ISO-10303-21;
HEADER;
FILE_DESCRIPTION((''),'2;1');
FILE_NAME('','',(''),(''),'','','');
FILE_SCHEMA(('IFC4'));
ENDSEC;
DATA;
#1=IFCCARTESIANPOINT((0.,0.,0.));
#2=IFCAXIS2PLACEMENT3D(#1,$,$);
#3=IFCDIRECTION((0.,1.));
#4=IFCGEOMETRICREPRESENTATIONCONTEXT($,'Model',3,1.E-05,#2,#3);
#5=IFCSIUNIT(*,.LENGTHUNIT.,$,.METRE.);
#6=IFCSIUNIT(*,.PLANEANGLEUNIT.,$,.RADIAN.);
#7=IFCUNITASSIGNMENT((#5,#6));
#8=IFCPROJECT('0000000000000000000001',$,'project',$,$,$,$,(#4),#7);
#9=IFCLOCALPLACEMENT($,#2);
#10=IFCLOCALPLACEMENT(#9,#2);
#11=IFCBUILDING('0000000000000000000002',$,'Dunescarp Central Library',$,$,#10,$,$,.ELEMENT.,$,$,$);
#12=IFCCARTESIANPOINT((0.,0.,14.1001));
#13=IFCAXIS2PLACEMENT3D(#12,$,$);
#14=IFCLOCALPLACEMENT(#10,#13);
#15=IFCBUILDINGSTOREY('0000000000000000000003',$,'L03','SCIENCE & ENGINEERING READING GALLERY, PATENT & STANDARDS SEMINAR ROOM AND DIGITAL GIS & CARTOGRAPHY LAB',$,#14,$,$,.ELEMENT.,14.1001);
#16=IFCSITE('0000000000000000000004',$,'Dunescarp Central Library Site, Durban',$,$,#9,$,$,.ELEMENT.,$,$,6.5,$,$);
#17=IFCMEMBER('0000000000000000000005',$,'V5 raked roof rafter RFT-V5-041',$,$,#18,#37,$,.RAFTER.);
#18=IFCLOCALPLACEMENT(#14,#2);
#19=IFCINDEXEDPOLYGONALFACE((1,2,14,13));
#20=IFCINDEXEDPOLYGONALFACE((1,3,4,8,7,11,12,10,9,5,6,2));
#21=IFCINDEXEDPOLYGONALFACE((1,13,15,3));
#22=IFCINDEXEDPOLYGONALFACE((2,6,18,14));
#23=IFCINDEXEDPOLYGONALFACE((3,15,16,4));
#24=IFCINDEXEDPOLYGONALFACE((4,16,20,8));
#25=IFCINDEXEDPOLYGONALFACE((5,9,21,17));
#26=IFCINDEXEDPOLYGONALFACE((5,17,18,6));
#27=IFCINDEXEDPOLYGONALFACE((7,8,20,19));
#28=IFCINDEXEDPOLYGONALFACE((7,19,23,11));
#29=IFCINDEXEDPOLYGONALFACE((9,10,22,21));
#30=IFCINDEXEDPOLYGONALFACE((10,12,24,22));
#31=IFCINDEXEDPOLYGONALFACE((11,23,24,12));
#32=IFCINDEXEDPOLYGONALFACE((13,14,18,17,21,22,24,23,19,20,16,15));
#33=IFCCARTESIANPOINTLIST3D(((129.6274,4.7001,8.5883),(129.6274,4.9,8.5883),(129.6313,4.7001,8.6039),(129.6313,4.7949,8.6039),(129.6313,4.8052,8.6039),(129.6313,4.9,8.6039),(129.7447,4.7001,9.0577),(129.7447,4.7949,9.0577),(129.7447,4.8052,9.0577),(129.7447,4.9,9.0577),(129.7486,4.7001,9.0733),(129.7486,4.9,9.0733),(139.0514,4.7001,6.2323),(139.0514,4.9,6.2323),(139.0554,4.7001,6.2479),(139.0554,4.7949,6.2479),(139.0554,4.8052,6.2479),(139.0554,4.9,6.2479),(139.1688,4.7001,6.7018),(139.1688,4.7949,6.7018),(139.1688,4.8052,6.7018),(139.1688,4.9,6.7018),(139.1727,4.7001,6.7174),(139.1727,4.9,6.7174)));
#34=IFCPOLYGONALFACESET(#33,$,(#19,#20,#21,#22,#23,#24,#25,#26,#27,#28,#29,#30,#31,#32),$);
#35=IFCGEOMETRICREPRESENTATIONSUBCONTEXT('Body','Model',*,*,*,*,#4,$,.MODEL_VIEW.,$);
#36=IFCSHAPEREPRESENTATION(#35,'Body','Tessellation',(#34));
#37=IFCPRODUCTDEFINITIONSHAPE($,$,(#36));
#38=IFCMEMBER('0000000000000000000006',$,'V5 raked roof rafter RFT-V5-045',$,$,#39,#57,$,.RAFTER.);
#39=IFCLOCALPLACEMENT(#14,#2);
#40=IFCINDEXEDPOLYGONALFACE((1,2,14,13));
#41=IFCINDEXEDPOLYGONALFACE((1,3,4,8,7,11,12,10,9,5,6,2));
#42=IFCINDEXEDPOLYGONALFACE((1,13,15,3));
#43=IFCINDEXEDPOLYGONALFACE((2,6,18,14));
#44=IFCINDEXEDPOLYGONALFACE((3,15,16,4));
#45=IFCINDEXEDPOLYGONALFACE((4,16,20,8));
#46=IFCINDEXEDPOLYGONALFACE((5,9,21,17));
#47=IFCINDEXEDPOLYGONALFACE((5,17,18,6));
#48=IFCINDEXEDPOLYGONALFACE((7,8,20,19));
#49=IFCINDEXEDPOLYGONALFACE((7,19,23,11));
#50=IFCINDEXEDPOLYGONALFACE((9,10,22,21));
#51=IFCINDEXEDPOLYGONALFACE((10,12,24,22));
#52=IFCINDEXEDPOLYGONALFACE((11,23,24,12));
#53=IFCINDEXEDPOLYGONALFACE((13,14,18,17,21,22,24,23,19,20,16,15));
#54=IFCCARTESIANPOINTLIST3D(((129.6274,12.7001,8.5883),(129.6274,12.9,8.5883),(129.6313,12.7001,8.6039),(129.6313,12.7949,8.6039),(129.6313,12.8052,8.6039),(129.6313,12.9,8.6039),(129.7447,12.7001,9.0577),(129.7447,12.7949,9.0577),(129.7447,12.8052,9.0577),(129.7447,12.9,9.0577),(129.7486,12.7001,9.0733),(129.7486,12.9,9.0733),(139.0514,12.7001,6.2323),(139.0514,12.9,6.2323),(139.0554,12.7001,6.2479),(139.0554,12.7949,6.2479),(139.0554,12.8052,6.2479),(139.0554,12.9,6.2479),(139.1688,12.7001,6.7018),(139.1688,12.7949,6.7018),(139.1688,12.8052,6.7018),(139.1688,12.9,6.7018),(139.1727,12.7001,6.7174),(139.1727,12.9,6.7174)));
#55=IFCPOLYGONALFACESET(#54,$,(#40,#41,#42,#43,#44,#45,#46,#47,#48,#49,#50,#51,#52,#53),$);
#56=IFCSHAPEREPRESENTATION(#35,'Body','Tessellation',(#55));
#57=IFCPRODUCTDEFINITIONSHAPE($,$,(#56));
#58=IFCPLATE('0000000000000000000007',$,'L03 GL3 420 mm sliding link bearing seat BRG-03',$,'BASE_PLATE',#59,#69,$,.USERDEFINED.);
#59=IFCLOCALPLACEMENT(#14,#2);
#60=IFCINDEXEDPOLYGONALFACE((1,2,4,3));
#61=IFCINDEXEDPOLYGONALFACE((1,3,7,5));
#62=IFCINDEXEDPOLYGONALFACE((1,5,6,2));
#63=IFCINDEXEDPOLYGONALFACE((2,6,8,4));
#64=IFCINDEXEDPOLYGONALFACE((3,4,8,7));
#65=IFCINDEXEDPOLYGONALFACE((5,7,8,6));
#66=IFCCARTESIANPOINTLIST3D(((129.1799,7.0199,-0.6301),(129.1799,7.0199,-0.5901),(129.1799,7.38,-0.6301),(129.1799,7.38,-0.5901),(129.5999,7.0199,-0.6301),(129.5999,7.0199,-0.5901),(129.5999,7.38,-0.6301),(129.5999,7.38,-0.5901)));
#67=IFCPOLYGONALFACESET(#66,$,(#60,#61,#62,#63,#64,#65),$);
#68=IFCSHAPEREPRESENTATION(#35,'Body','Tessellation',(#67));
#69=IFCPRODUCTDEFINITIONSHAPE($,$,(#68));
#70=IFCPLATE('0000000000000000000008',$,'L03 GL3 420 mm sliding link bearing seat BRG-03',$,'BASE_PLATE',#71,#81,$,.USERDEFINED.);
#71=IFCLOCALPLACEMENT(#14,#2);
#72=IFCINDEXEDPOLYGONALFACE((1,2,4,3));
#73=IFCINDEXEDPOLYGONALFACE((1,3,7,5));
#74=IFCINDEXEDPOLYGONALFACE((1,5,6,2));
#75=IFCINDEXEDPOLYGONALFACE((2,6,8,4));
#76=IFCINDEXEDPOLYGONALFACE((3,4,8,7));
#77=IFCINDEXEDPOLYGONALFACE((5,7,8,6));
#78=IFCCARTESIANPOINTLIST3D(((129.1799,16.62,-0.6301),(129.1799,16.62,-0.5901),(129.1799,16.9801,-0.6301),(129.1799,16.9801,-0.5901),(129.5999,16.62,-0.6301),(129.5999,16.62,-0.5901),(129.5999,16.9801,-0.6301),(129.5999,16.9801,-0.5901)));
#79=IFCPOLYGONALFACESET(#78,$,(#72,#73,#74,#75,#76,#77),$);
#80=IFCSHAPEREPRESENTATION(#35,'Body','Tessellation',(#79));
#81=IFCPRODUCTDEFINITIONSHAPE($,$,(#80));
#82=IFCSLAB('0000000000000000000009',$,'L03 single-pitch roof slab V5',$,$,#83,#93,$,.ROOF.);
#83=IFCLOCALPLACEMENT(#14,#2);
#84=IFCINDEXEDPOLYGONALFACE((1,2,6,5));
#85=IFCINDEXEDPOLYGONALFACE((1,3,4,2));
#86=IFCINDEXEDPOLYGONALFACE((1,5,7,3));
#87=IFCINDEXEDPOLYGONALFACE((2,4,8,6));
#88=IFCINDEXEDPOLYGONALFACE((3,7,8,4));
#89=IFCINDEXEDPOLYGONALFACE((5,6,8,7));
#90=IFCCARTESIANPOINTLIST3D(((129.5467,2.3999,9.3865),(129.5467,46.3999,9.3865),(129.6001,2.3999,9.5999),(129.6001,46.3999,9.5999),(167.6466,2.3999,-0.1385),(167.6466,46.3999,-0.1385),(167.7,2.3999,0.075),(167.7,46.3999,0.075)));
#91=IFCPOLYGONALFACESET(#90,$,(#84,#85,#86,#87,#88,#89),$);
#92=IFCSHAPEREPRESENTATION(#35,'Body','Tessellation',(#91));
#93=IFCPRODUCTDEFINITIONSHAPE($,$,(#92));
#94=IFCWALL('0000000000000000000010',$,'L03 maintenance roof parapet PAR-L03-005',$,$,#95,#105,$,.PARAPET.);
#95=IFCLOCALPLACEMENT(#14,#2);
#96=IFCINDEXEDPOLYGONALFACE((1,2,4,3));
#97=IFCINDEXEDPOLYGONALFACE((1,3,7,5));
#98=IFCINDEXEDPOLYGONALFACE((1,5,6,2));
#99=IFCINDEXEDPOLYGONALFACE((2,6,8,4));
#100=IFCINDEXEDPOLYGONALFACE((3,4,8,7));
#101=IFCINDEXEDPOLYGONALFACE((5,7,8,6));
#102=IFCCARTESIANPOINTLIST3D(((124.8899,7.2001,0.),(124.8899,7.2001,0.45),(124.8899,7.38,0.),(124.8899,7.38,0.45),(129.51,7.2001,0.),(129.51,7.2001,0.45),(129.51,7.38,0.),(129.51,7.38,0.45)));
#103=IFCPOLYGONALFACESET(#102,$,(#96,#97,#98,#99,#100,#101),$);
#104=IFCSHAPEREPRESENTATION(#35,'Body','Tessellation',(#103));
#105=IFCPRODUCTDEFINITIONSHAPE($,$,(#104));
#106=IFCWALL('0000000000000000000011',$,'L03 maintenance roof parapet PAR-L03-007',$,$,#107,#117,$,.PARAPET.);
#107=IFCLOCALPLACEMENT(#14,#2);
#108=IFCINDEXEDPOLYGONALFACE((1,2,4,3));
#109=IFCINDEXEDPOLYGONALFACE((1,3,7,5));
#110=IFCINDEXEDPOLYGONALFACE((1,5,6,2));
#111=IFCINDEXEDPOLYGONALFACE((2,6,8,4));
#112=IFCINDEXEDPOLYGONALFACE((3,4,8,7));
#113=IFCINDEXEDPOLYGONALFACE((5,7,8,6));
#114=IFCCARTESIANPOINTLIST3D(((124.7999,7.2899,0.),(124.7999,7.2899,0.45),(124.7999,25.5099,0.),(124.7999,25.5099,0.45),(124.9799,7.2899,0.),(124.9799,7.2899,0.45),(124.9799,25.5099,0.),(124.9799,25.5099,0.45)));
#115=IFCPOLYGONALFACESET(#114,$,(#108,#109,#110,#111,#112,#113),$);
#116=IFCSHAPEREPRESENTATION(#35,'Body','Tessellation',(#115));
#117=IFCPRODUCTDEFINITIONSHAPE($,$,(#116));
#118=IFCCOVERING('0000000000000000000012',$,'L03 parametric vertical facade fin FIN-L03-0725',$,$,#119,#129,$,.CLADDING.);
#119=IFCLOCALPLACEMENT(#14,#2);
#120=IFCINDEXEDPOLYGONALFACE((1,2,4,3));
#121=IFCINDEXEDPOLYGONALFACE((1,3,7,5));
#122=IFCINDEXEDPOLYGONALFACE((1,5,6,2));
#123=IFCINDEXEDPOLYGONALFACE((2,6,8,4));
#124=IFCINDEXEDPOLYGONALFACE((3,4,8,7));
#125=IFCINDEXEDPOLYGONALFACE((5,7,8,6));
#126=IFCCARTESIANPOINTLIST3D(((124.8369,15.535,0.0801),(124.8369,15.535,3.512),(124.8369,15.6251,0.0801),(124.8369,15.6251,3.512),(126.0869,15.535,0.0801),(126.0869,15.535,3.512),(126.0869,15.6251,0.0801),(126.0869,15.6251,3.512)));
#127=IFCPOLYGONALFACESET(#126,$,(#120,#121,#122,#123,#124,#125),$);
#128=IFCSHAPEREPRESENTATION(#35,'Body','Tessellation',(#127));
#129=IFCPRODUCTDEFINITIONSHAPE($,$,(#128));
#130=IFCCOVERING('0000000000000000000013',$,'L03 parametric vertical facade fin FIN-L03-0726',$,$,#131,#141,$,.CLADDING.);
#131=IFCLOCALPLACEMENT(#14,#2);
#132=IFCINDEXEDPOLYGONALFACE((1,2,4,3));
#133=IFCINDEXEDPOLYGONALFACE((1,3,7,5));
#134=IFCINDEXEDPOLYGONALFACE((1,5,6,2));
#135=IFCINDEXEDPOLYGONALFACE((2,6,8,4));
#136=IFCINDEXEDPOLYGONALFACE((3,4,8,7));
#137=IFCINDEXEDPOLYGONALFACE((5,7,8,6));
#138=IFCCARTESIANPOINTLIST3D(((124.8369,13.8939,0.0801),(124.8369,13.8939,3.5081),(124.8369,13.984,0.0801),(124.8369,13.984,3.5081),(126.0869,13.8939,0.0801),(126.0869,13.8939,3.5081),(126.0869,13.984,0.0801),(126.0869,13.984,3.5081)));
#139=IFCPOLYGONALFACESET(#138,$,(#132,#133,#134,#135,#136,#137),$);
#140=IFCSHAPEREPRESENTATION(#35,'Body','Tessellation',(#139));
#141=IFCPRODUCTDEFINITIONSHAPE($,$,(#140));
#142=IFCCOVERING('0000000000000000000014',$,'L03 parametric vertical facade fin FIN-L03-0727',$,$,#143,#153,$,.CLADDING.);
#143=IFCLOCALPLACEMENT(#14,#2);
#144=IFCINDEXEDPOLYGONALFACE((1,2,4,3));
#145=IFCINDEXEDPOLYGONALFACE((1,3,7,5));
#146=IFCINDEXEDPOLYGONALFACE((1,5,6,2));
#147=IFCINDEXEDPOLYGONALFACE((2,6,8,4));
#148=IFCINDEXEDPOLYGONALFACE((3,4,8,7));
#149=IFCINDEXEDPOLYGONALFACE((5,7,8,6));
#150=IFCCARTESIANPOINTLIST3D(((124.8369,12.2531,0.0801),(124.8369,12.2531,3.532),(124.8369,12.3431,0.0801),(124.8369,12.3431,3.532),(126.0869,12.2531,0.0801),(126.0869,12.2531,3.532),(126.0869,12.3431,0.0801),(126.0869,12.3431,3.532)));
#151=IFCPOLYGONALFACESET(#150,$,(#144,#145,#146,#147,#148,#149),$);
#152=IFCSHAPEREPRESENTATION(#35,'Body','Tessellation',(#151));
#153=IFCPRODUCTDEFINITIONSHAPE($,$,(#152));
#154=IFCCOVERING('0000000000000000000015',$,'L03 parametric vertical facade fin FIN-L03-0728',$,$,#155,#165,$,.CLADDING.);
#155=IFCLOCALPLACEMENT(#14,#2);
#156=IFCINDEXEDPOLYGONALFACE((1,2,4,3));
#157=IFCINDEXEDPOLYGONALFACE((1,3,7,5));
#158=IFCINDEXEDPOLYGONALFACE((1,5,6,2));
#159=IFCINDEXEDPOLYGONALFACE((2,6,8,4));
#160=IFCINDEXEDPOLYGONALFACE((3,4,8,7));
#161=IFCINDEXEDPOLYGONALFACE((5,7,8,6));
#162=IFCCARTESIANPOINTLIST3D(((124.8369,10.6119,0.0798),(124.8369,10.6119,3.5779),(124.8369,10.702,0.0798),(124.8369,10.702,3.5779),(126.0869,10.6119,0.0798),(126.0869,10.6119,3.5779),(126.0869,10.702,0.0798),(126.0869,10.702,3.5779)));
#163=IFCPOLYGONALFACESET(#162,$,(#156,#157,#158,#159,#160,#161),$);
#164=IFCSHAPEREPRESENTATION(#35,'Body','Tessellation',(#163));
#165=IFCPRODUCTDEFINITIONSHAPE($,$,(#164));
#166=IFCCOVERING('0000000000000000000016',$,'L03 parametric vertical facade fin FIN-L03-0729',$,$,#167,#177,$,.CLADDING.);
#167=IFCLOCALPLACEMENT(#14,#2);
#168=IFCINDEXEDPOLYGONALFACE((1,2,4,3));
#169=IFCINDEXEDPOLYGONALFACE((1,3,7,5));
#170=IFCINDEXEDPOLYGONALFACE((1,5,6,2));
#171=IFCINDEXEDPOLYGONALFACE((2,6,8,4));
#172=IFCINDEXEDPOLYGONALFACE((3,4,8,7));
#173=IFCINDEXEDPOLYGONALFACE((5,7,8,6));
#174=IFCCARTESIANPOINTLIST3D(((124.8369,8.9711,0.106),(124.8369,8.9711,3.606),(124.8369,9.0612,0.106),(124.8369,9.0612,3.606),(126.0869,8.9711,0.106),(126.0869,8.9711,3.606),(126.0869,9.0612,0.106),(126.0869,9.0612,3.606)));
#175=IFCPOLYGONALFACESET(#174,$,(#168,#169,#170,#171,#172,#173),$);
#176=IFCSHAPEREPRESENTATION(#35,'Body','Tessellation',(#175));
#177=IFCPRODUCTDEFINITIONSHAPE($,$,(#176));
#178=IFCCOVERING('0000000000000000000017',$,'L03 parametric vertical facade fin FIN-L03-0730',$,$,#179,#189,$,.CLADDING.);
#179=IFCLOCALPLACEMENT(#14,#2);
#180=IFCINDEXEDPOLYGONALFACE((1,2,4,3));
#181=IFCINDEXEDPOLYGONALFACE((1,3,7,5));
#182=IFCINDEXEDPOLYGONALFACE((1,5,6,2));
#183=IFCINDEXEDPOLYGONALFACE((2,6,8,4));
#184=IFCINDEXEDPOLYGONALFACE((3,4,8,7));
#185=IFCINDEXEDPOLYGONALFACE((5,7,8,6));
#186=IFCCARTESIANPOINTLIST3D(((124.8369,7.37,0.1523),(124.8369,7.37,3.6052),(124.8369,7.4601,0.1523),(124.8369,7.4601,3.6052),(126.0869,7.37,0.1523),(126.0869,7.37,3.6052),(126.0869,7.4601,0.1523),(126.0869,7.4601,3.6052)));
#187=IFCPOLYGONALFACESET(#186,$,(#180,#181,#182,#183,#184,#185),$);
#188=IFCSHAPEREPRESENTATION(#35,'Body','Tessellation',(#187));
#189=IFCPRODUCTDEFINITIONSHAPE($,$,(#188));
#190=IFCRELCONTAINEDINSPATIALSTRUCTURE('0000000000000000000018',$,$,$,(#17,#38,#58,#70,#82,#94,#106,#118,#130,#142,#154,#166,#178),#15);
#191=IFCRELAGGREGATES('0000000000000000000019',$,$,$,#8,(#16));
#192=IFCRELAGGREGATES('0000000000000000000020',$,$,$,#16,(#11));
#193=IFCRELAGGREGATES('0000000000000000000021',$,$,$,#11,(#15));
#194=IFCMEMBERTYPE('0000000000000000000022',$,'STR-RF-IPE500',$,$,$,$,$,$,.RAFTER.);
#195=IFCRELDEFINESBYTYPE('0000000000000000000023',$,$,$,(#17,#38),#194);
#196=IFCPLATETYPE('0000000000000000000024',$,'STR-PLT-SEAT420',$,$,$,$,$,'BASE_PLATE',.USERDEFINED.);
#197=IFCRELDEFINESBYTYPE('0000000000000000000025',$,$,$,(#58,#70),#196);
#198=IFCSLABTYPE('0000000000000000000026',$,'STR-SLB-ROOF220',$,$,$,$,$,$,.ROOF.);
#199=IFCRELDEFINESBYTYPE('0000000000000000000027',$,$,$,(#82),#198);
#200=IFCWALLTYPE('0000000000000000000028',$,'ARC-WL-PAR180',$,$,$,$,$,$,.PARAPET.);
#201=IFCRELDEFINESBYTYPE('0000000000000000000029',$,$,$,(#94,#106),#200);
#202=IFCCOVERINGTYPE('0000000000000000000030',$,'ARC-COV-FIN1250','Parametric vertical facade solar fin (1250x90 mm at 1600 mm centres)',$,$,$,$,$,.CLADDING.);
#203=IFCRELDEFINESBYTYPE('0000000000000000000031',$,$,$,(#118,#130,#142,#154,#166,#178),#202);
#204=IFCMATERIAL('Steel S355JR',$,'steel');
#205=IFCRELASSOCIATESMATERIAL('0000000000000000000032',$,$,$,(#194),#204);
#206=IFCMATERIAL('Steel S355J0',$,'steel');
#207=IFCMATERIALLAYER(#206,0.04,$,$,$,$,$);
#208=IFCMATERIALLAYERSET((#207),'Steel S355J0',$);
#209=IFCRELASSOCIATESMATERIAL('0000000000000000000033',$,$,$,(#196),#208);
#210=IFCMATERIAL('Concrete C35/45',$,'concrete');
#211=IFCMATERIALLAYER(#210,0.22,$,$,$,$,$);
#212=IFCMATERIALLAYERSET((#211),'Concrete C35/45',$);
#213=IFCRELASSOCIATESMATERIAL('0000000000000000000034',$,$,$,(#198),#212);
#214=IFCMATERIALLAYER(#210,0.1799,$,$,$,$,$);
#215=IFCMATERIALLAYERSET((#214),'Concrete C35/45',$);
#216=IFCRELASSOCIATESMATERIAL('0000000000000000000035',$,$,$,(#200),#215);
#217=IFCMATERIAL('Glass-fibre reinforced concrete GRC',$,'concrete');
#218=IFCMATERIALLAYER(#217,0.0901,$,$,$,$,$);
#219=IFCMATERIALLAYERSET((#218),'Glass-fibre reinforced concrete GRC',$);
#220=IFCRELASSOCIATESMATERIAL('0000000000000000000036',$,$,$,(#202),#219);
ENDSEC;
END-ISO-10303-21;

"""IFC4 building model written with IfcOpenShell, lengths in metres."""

from ifc_helpers import new_model, si_unit, direction, frame, frame_2d, origin, origin_2d, place, context, subcontext, project, spatial, polyline, rectangle, i_section, outline, extrude, material, layer, layer_set, material_profile, profile_set, type_object, element, save


model = new_model("IFC4")

# Units and contexts
model_context = context("Model", 3, precision=1e-05, world=origin(), true_north=direction((0.0, 1.0)))
body_context = subcontext(model_context, "Body", "Model", "MODEL_VIEW")
ifc_project = project(units=[si_unit("LENGTHUNIT", "METRE"), si_unit("PLANEANGLEUNIT", "RADIAN")], contexts=[model_context])

# Site, building, storey
site_placement = place(None, origin())
site = spatial("IfcSite", under=ifc_project, at=site_placement, Name="Dunescarp Central Library Site, Durban", CompositionType="ELEMENT", RefElevation=6.5)
building_placement = place(site_placement, origin())
building = spatial("IfcBuilding", under=site, at=building_placement, Name="Dunescarp Central Library", CompositionType="ELEMENT")
storey_placement = place(building_placement, frame((0.0, 0.0, 14.1001)))
storey = spatial("IfcBuildingStorey", under=building, at=storey_placement, Name="L03", Description="SCIENCE & ENGINEERING READING GALLERY, PATENT & STANDARDS SEMINAR ROOM AND DIGITAL GIS & CARTOGRAPHY LAB", CompositionType="ELEMENT", Elevation=14.1001)

# Shared definitions
ifc_material_1 = material(Name="Steel S355JR", Category="steel")

# Members
ifc_material_profile_1 = material_profile(ifc_material_1, i_section(OverallWidth=0.2, OverallDepth=0.5, WebThickness=0.0103, FlangeThickness=0.0161, at=origin_2d()), Name="IPE 500")
ifc_profile_set_1 = profile_set([ifc_material_profile_1], Name="Steel S355JR")
member_type = type_object("IfcMemberType", Name="STR-RF-IPE500", PredefinedType="RAFTER", material=ifc_profile_set_1)
for number, where, z_axis, x_axis, name in (
    (1, (129.688, 4.8, 8.8308), (0.970144, 0.0, -0.24253), (0.0, 1.0, 0.0), "V5 raked roof rafter RFT-V5-041"),
    (2, (129.688, 12.8, 8.8308), (0.970144, 0.0, -0.24253), (0.0, 1.0, 0.0), "V5 raked roof rafter RFT-V5-045"),
):
    element("IfcMember", number, at=place(storey_placement, frame(where, z_axis=z_axis, x_axis=x_axis)), inside=storey, type_object=member_type, Name=name, PredefinedType="RAFTER", context=body_context, shape_type="SweptSolid", body=[
        extrude(i_section(OverallWidth=0.2, OverallDepth=0.5, WebThickness=0.0103, FlangeThickness=0.0161, at=origin_2d()), origin(), (0.0, 0.0, 1.0), 9.7141),
    ])

# Plates
ifc_material_2 = material(Name="Steel S355J0", Category="steel")
ifc_layer_1 = layer(ifc_material_2, 0.04)
ifc_layer_set_1 = layer_set([ifc_layer_1], Name="Steel S355J0")
plate_type = type_object("IfcPlateType", Name="STR-PLT-SEAT420", ElementType="BASE_PLATE", PredefinedType="USERDEFINED", material=ifc_layer_set_1)
for number, where, z_axis, x_axis, name in (
    (3, (129.3899, 7.2, -0.6301), (0.0, 0.0, 1.0), (1.0, 0.0, 0.0), "L03 GL3 420 mm sliding link bearing seat BRG-03"),
    (4, (129.3899, 16.8, -0.6301), (0.0, 0.0, 1.0), (1.0, 0.0, 0.0), "L03 GL3 420 mm sliding link bearing seat BRG-03"),
):
    element("IfcPlate", number, at=place(storey_placement, frame(where, z_axis=z_axis, x_axis=x_axis)), inside=storey, type_object=plate_type, Name=name, ObjectType="BASE_PLATE", PredefinedType="USERDEFINED", context=body_context, shape_type="SweptSolid", body=[
        extrude(rectangle(XDim=0.4199, YDim=0.3601, at=origin_2d()), origin(), (0.0, 0.0, 1.0), 0.04),
    ])

# Slab
ifc_material_3 = material(Name="Concrete C35/45", Category="concrete")
ifc_layer_2 = layer(ifc_material_3, 0.22)
ifc_layer_set_2 = layer_set([ifc_layer_2], Name="Concrete C35/45")
slab_type = type_object("IfcSlabType", Name="STR-SLB-ROOF220", PredefinedType="ROOF", material=ifc_layer_set_2)
slab_placement = place(storey_placement, frame((129.6001, 2.3999, 9.5999), z_axis=(0.242534, 0.0, 0.970143), x_axis=(0.970143, 0.0, -0.242534)))
element("IfcSlab", 5, at=slab_placement, inside=storey, type_object=slab_type, Name="L03 single-pitch roof slab V5", PredefinedType="ROOF", context=body_context, shape_type="SweptSolid", body=[
    extrude(outline(polyline([(0.0, 0.0), (39.2724, 0.0), (39.2724, 44.0), (0.0, 44.0), (0.0, 0.0)])), origin(), (0.0, 0.0, -1.0), 0.22),
])

# Walls
ifc_layer_3 = layer(ifc_material_3, 0.1799)
ifc_layer_set_3 = layer_set([ifc_layer_3], Name="Concrete C35/45")
wall_type = type_object("IfcWallType", Name="ARC-WL-PAR180", PredefinedType="PARAPET", material=ifc_layer_set_3)
wall_1_placement = place(storey_placement, frame((129.51, 7.29, 0.0), z_axis=(0.0, 0.0, 1.0), x_axis=(-1.0, 0.0, 0.0)))
element("IfcWall", 6, at=wall_1_placement, inside=storey, type_object=wall_type, Name="L03 maintenance roof parapet PAR-L03-005", PredefinedType="PARAPET", context=body_context, shape_type="SweptSolid", body=[
    extrude(rectangle(XDim=4.6201, YDim=0.1799, at=frame_2d((2.3101, 0.0))), origin(), (0.0, 0.0, 1.0), 0.45),
])
wall_2_placement = place(storey_placement, frame((124.8899, 7.29, 0.0), z_axis=(0.0, 0.0, 1.0), x_axis=(0.0, 1.0, 0.0)))
element("IfcWall", 7, at=wall_2_placement, inside=storey, type_object=wall_type, Name="L03 maintenance roof parapet PAR-L03-007", PredefinedType="PARAPET", context=body_context, shape_type="SweptSolid", body=[
    extrude(rectangle(XDim=18.22, YDim=0.1799, at=frame_2d((9.1099, 0.0))), origin(), (0.0, 0.0, 1.0), 0.45),
])

# Coverings
ifc_material_4 = material(Name="Glass-fibre reinforced concrete GRC", Category="concrete")
ifc_layer_4 = layer(ifc_material_4, 0.0901)
ifc_layer_set_4 = layer_set([ifc_layer_4], Name="Glass-fibre reinforced concrete GRC")
covering_type_1 = type_object("IfcCoveringType", Name="ARC-COV-FIN1250", Description="Parametric vertical facade solar fin (1250x90 mm at 1600 mm centres)", PredefinedType="CLADDING", material=ifc_layer_set_4)
covering_1_placement = place(storey_placement, frame((125.4619, 15.5801, 0.0801), z_axis=(0.0, 0.0, 1.0), x_axis=(1.0, 0.0, 0.0)))
element("IfcCovering", 8, at=covering_1_placement, inside=storey, type_object=covering_type_1, Name="L03 parametric vertical facade fin FIN-L03-0725", PredefinedType="CLADDING", context=body_context, shape_type="SweptSolid", body=[
    extrude(rectangle(XDim=1.25, YDim=0.0901, at=origin_2d()), origin(), (0.0, 0.0, 1.0), 3.4319),
])
covering_2_placement = place(storey_placement, frame((125.4619, 13.939, 0.0801), z_axis=(0.0, 0.0, 1.0), x_axis=(1.0, 0.0, 0.0)))
element("IfcCovering", 9, at=covering_2_placement, inside=storey, type_object=covering_type_1, Name="L03 parametric vertical facade fin FIN-L03-0726", PredefinedType="CLADDING", context=body_context, shape_type="SweptSolid", body=[
    extrude(rectangle(XDim=1.25, YDim=0.0901, at=origin_2d()), origin(), (0.0, 0.0, 1.0), 3.428),
])
covering_3_placement = place(storey_placement, frame((125.4619, 12.2981, 0.0801), z_axis=(0.0, 0.0, 1.0), x_axis=(1.0, 0.0, 0.0)))
element("IfcCovering", 10, at=covering_3_placement, inside=storey, type_object=covering_type_1, Name="L03 parametric vertical facade fin FIN-L03-0727", PredefinedType="CLADDING", context=body_context, shape_type="SweptSolid", body=[
    extrude(rectangle(XDim=1.25, YDim=0.0901, at=origin_2d()), origin(), (0.0, 0.0, 1.0), 3.4519),
])
covering_4_placement = place(storey_placement, frame((125.4619, 10.657, 0.0798), z_axis=(0.0, 0.0, 1.0), x_axis=(1.0, 0.0, 0.0)))
element("IfcCovering", 11, at=covering_4_placement, inside=storey, type_object=covering_type_1, Name="L03 parametric vertical facade fin FIN-L03-0728", PredefinedType="CLADDING", context=body_context, shape_type="SweptSolid", body=[
    extrude(rectangle(XDim=1.25, YDim=0.0901, at=origin_2d()), origin(), (0.0, 0.0, 1.0), 3.498),
])
covering_5_placement = place(storey_placement, frame((125.4619, 9.0161, 0.106), z_axis=(0.0, 0.0, 1.0), x_axis=(1.0, 0.0, 0.0)))
element("IfcCovering", 12, at=covering_5_placement, inside=storey, type_object=covering_type_1, Name="L03 parametric vertical facade fin FIN-L03-0729", PredefinedType="CLADDING", context=body_context, shape_type="SweptSolid", body=[
    extrude(rectangle(XDim=1.25, YDim=0.0901, at=origin_2d()), origin(), (0.0, 0.0, 1.0), 3.5),
])
covering_6_placement = place(storey_placement, frame((125.4619, 7.415, 0.1523), z_axis=(0.0, 0.0, 1.0), x_axis=(1.0, 0.0, 0.0)))
element("IfcCovering", 13, at=covering_6_placement, inside=storey, type_object=covering_type_1, Name="L03 parametric vertical facade fin FIN-L03-0730", PredefinedType="CLADDING", context=body_context, shape_type="SweptSolid", body=[
    extrude(rectangle(XDim=1.25, YDim=0.0901, at=origin_2d()), origin(), (0.0, 0.0, 1.0), 3.4529),
])

save(model, "model.ifc")
